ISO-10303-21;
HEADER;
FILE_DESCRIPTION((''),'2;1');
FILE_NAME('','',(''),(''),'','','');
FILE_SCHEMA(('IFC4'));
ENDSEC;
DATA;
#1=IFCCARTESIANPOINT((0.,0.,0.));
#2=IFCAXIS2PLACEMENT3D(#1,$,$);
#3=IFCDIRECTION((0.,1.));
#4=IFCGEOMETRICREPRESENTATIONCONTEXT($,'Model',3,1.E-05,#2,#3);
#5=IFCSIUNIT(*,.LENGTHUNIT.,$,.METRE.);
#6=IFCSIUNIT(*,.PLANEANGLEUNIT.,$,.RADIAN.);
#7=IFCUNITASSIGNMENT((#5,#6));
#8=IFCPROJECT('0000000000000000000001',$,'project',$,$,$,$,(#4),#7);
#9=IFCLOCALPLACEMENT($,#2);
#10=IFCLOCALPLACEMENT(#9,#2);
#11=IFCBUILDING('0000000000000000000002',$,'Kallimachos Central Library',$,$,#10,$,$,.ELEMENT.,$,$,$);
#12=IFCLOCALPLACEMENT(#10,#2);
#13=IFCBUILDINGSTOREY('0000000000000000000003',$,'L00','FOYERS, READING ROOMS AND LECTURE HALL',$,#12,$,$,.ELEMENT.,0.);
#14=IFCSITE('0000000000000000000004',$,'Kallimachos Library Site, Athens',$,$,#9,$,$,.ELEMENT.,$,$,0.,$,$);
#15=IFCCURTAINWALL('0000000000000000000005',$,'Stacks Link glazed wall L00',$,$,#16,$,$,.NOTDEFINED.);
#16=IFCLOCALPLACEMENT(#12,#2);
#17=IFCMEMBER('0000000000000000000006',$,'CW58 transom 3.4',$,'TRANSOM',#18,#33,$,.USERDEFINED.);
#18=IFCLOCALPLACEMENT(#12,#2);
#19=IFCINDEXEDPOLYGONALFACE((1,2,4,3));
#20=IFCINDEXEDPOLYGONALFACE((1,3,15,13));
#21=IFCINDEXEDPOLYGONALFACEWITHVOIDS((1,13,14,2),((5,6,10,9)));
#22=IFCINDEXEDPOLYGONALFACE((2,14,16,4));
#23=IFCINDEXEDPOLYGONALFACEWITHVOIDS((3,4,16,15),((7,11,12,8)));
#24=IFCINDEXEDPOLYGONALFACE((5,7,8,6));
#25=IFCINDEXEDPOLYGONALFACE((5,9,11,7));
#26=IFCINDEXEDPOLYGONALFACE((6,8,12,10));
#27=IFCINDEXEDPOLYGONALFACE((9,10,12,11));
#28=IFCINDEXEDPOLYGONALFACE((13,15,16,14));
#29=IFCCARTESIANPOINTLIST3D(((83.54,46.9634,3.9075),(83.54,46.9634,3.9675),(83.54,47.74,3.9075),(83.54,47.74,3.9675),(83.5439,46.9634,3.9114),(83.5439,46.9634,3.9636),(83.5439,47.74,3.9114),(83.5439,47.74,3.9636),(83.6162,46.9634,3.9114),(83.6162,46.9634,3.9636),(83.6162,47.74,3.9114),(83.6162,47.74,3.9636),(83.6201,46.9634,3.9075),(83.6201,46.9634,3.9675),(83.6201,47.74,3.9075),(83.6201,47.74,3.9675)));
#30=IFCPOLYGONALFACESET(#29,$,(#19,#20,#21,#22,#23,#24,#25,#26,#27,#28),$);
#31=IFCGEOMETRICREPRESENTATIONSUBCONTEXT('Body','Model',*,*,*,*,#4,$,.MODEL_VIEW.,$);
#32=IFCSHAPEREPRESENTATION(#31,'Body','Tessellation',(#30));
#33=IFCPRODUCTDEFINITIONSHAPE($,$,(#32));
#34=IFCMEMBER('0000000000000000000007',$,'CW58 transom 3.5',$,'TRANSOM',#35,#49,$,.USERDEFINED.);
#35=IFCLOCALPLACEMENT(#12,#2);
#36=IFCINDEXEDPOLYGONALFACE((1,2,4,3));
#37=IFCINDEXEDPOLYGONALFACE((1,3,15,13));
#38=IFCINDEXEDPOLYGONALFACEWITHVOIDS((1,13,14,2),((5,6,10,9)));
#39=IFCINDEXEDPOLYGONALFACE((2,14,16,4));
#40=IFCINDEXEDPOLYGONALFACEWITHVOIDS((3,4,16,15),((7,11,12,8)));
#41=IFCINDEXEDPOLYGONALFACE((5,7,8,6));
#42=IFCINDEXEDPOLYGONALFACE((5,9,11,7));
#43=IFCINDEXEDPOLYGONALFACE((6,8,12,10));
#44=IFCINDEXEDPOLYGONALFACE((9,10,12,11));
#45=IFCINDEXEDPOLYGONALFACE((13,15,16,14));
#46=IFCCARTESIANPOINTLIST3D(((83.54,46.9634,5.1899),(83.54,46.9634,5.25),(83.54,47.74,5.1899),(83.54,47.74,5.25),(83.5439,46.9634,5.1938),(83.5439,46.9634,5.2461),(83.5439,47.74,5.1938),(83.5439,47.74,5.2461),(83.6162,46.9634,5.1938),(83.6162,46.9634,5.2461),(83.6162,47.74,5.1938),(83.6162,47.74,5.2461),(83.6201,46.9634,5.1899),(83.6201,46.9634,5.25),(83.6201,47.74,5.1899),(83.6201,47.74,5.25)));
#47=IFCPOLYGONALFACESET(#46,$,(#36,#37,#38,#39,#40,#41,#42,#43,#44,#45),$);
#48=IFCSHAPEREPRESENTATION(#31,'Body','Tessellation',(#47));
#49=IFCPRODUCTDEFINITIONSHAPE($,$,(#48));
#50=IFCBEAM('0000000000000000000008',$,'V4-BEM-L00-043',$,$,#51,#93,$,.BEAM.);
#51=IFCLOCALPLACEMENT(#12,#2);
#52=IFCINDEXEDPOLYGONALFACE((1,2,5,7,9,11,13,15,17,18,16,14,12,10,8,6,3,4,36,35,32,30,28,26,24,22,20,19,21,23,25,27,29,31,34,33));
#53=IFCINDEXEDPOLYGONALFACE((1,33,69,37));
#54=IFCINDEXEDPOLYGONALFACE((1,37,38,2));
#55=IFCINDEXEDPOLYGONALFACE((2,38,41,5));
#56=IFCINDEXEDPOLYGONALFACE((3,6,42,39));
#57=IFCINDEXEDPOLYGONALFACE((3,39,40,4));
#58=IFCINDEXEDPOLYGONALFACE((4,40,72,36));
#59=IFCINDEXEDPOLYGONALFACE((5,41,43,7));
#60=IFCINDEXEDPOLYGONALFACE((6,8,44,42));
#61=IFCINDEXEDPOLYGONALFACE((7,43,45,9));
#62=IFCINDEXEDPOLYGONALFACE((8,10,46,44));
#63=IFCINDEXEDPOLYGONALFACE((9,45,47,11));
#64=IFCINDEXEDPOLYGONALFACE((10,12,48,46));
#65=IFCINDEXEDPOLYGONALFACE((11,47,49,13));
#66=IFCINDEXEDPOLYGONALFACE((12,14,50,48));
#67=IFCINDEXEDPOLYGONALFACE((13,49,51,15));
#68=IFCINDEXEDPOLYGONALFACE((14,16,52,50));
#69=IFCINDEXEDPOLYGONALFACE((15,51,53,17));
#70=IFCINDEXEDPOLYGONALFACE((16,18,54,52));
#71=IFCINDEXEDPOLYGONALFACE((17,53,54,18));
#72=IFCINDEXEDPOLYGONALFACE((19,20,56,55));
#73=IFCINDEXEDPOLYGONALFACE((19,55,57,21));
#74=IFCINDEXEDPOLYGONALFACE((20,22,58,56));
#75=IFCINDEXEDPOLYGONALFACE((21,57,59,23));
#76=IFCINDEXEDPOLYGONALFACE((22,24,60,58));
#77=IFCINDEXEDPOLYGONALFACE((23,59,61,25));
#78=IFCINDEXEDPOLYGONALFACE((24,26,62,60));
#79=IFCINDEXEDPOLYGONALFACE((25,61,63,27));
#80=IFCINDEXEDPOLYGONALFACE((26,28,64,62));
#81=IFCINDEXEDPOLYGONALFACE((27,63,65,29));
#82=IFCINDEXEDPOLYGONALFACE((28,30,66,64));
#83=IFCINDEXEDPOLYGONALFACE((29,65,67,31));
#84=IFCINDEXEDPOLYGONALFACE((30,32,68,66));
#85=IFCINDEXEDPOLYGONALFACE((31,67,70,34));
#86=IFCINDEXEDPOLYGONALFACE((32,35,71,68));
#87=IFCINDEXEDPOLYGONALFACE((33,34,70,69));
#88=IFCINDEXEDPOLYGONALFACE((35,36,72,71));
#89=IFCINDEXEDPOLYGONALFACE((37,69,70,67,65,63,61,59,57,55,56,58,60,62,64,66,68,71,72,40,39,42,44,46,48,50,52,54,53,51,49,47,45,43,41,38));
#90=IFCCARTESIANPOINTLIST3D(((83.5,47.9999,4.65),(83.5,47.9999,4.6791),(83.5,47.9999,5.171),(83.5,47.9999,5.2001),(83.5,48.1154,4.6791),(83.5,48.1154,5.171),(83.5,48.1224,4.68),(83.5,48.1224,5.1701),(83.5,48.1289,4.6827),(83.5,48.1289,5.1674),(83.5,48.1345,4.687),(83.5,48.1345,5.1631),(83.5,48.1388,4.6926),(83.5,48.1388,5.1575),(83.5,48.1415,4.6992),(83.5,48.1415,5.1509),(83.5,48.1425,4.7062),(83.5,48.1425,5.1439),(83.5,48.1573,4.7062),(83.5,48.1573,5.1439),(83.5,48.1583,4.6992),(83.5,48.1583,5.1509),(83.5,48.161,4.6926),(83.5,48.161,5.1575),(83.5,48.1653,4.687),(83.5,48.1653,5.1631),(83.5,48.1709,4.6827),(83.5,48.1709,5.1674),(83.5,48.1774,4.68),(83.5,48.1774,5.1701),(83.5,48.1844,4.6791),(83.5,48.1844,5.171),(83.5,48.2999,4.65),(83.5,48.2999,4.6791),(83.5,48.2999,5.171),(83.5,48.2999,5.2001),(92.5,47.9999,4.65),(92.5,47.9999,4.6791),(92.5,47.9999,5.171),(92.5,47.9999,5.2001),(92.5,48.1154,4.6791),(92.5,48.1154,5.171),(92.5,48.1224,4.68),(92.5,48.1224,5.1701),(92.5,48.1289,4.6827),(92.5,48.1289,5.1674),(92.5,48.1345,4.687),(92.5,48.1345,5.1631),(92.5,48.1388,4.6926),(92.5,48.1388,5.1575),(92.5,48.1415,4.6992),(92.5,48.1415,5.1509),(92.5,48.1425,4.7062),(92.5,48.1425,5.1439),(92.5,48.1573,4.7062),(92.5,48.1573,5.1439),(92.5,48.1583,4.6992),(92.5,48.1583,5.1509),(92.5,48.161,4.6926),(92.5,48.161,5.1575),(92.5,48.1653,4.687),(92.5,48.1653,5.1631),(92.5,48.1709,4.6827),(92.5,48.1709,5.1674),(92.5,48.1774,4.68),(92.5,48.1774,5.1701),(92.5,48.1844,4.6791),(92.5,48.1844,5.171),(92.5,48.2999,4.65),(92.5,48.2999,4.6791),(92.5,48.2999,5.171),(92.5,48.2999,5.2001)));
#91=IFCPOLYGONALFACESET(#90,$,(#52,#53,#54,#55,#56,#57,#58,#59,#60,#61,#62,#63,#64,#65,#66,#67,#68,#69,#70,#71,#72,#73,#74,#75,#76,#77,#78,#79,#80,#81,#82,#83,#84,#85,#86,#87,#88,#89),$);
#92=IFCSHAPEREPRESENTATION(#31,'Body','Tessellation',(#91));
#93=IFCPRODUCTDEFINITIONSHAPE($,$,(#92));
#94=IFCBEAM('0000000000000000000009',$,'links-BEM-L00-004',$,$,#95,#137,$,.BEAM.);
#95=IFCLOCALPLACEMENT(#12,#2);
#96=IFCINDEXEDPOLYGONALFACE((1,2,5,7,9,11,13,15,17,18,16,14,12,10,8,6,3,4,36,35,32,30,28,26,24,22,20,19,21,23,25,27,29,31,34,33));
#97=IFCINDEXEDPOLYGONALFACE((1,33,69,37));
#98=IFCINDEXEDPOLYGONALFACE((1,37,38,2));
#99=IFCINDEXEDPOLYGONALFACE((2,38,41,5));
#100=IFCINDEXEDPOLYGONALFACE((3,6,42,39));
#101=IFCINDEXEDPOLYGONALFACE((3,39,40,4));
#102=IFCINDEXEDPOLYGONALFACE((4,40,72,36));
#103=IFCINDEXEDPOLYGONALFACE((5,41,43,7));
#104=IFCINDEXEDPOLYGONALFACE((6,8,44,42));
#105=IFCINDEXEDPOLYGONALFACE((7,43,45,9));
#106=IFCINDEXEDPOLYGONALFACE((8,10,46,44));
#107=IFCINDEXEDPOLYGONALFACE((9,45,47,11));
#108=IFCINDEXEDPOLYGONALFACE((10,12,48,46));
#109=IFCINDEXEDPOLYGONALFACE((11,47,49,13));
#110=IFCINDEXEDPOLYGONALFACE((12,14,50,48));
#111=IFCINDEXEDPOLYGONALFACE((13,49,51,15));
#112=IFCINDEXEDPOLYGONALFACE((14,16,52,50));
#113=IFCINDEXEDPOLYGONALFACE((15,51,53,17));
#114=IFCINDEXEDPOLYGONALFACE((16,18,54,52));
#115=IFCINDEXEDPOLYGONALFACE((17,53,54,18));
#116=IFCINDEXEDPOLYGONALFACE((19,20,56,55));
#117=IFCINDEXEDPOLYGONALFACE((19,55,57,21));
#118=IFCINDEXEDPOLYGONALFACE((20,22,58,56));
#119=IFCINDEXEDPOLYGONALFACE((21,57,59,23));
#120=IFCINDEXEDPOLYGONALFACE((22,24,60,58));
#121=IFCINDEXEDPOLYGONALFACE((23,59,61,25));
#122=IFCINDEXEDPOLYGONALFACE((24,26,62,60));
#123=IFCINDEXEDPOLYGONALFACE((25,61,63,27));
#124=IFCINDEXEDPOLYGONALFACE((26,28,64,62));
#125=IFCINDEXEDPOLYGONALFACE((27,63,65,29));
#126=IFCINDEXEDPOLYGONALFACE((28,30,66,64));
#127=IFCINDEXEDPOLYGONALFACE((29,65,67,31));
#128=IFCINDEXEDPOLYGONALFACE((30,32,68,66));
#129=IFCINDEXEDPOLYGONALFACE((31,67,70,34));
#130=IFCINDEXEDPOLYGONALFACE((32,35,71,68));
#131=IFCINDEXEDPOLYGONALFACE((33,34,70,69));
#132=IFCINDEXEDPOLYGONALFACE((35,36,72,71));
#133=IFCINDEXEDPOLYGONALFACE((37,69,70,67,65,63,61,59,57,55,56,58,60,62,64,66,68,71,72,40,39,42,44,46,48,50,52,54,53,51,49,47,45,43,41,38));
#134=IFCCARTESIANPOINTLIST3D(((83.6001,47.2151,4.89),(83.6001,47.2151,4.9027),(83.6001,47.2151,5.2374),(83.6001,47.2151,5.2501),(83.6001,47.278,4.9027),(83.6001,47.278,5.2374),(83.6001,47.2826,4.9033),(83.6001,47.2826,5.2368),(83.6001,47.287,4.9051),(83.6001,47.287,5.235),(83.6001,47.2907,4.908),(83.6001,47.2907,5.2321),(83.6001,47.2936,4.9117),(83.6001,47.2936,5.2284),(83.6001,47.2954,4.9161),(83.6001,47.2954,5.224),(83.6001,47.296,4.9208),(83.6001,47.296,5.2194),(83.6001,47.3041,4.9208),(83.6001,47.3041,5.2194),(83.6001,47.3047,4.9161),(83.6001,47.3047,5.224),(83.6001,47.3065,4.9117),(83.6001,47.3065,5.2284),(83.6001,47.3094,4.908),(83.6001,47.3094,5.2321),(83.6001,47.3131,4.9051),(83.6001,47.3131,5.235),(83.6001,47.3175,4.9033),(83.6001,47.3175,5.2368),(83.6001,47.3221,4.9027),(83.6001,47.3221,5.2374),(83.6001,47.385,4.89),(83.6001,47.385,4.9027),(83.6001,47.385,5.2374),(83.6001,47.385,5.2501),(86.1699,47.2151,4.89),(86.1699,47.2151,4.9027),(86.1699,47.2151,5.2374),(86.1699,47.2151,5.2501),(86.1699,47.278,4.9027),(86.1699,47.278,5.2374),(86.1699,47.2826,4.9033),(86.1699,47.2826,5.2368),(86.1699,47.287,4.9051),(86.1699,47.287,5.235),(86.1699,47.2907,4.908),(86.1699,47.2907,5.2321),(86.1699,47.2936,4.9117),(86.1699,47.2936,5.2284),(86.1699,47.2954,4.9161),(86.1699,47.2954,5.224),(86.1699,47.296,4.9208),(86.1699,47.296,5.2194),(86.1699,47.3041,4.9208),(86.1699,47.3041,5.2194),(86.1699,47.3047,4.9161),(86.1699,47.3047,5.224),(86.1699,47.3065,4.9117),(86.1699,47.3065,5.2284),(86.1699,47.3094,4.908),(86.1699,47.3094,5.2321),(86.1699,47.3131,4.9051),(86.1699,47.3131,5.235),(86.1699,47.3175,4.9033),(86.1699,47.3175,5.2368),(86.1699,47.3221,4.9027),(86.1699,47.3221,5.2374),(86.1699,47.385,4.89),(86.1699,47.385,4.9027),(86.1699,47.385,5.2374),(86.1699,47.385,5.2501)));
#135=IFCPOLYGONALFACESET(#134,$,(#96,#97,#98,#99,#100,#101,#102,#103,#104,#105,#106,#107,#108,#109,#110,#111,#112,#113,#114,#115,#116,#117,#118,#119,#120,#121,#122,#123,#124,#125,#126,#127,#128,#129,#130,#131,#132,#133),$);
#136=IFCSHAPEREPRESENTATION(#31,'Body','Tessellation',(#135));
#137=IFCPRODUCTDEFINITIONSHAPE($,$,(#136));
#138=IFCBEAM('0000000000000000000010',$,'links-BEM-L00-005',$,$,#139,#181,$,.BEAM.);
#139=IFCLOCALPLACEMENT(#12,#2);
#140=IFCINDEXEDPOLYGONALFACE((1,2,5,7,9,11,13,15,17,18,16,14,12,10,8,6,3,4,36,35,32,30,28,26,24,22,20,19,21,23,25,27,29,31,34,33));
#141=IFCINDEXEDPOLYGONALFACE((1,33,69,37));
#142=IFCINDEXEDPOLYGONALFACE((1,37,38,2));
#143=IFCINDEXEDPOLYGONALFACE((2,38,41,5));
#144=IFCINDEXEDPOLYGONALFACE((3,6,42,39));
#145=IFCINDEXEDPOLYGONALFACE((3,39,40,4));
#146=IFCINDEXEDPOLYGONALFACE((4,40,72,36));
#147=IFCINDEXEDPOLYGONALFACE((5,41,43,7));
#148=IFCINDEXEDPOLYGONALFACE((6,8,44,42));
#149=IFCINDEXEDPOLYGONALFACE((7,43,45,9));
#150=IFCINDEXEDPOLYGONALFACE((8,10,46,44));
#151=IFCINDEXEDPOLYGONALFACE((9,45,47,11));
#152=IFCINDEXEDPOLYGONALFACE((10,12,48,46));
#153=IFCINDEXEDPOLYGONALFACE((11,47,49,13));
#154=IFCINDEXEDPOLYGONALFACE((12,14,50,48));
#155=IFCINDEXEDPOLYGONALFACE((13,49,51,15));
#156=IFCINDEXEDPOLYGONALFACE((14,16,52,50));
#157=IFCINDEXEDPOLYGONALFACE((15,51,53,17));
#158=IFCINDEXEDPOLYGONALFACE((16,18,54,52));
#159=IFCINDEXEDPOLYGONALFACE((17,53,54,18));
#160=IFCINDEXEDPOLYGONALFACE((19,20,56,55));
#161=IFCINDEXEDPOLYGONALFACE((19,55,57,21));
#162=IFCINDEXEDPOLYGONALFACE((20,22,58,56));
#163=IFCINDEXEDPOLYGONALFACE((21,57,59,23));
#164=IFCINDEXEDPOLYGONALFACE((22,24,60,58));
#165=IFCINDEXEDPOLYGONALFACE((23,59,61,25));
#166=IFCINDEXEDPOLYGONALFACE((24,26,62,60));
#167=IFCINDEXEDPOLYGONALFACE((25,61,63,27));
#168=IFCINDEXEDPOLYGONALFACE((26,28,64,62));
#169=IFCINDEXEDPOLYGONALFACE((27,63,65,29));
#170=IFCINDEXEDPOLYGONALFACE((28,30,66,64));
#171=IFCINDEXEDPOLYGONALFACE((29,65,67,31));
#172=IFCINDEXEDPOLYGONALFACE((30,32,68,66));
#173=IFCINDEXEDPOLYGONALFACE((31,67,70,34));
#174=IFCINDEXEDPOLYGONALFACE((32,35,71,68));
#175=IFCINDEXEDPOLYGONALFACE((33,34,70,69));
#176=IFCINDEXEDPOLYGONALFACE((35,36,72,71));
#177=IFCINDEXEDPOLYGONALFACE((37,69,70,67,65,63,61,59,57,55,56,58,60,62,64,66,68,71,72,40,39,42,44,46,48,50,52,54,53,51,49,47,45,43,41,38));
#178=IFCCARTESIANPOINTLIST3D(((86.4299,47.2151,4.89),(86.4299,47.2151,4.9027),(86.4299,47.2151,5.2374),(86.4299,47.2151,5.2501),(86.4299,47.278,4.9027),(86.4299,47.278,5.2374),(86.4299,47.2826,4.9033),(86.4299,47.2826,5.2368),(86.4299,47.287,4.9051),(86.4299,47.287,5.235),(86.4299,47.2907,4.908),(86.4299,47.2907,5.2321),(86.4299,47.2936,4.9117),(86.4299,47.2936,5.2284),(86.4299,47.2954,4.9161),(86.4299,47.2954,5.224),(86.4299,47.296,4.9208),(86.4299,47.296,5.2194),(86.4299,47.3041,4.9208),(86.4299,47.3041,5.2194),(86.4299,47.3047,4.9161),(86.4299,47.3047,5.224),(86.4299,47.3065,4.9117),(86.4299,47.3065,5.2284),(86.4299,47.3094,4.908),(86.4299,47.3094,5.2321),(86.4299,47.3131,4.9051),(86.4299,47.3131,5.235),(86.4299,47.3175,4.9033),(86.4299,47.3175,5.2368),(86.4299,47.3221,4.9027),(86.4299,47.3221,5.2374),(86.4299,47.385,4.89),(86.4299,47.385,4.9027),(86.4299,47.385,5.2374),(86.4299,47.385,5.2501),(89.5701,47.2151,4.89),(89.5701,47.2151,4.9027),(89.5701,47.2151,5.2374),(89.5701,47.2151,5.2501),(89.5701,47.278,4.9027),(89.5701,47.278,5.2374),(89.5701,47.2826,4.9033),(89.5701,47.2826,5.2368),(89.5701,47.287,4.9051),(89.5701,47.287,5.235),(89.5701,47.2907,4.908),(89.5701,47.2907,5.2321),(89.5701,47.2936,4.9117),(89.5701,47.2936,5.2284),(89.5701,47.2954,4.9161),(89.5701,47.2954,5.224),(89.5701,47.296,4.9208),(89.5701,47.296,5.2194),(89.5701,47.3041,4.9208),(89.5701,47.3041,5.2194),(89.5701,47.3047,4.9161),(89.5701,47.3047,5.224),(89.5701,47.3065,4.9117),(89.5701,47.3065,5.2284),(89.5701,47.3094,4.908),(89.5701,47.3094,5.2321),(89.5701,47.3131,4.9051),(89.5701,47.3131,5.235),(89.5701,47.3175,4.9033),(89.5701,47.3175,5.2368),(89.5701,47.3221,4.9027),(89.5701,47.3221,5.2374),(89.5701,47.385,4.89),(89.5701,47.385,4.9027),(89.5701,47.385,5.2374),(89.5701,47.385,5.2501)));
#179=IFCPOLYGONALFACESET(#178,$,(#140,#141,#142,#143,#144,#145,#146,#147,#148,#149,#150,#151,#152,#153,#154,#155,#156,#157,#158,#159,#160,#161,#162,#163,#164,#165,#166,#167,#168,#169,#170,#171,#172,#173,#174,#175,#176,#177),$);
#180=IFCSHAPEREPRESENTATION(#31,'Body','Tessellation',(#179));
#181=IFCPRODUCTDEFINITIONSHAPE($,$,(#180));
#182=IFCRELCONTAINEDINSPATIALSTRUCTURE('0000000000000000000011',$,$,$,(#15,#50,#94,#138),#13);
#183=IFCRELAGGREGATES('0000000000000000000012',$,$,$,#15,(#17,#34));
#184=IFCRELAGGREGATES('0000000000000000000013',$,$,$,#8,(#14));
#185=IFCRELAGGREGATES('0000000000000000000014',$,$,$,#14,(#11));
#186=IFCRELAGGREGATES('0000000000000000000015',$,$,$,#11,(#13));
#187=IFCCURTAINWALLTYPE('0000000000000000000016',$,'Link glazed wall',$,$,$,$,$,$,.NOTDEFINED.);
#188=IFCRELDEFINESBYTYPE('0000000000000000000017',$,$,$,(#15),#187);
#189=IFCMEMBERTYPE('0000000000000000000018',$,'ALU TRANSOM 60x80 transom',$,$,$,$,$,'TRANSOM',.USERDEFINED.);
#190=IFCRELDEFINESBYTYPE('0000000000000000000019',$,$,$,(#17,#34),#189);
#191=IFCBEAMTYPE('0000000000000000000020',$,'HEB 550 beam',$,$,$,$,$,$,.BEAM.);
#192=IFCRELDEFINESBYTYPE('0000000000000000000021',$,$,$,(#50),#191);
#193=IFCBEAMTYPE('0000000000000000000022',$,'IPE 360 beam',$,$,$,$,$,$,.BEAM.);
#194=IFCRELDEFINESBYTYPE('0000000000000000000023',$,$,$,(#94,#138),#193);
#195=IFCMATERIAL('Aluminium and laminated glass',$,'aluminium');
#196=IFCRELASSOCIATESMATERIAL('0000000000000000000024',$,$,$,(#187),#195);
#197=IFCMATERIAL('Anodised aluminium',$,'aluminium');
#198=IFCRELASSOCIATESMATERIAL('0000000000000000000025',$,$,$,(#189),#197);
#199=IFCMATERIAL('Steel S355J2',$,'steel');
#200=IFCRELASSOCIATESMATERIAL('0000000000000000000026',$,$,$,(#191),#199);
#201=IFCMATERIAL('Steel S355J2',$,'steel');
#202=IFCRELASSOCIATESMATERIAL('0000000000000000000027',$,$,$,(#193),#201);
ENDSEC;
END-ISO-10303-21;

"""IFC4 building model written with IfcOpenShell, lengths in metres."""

from ifc_helpers import new_model, si_unit, direction, frame, origin, origin_2d, place, context, subcontext, project, spatial, hollow_rectangle, i_section, extrude, material, material_profile, profile_set, type_object, element, aggregate, save


model = new_model("IFC4")

# Units and contexts
model_context = context("Model", 3, precision=1e-05, world=origin(), true_north=direction((0.0, 1.0)))
body_context = subcontext(model_context, "Body", "Model", "MODEL_VIEW")
ifc_project = project(units=[si_unit("LENGTHUNIT", "METRE"), si_unit("PLANEANGLEUNIT", "RADIAN")], contexts=[model_context])

# Site, building, storey
site_placement = place(None, origin())
site = spatial("IfcSite", under=ifc_project, at=site_placement, Name="Kallimachos Library Site, Athens", CompositionType="ELEMENT", RefElevation=0.0)
building_placement = place(site_placement, origin())
building = spatial("IfcBuilding", under=site, at=building_placement, Name="Kallimachos Central Library", CompositionType="ELEMENT")
storey_placement = place(building_placement, origin())
storey = spatial("IfcBuildingStorey", under=building, at=storey_placement, Name="L00", Description="FOYERS, READING ROOMS AND LECTURE HALL", CompositionType="ELEMENT", Elevation=0.0)

# Curtain wall, members
ifc_material_1 = material(Name="Aluminium and laminated glass", Category="aluminium")
curtain_wall_type = type_object("IfcCurtainWallType", Name="Link glazed wall", PredefinedType="NOTDEFINED", material=ifc_material_1)
curtain_wall_placement = place(storey_placement, origin())
curtain_wall = element("IfcCurtainWall", 1, at=curtain_wall_placement, inside=storey, type_object=curtain_wall_type, Name="Stacks Link glazed wall L00", PredefinedType="NOTDEFINED")
ifc_material_2 = material(Name="Anodised aluminium", Category="aluminium")
ifc_material_profile_1 = material_profile(ifc_material_2, hollow_rectangle(XDim=0.0601, YDim=0.0801, WallThickness=0.0039, at=origin_2d()), Name="ALU TRANSOM 60x80")
ifc_profile_set_1 = profile_set([ifc_material_profile_1], Name="Anodised aluminium")
member_type_1 = type_object("IfcMemberType", Name="ALU TRANSOM 60x80 transom", ElementType="TRANSOM", PredefinedType="USERDEFINED", material=ifc_profile_set_1)
member_1_placement = place(storey_placement, frame((83.5801, 46.9634, 3.9375), z_axis=(0.0, 1.0, 0.0), x_axis=(0.0, 0.0, 1.0)))
member_1 = element("IfcMember", 2, at=member_1_placement, type_object=member_type_1, Name="CW58 transom 3.4", ObjectType="TRANSOM", PredefinedType="USERDEFINED", context=body_context, shape_type="SweptSolid", body=[
    extrude(hollow_rectangle(XDim=0.0601, YDim=0.0801, WallThickness=0.0039, at=origin_2d()), origin(), (0.0, 0.0, 1.0), 0.7766),
])
member_2_placement = place(storey_placement, frame((83.5801, 46.9634, 5.22), z_axis=(0.0, 1.0, 0.0), x_axis=(0.0, 0.0, 1.0)))
member_2 = element("IfcMember", 3, at=member_2_placement, type_object=member_type_1, Name="CW58 transom 3.5", ObjectType="TRANSOM", PredefinedType="USERDEFINED", context=body_context, shape_type="SweptSolid", body=[
    extrude(hollow_rectangle(XDim=0.0601, YDim=0.0801, WallThickness=0.0039, at=origin_2d()), origin(), (0.0, 0.0, 1.0), 0.7766),
])

# Beams
ifc_material_3 = material(Name="Steel S355J2", Category="steel")
ifc_material_profile_2 = material_profile(ifc_material_3, i_section(OverallWidth=0.3, OverallDepth=0.55, WebThickness=0.0149, FlangeThickness=0.0291, FilletRadius=0.0271, at=origin_2d()), Name="HEB 550")
ifc_profile_set_2 = profile_set([ifc_material_profile_2], Name="Steel S355J2")
beam_type_1 = type_object("IfcBeamType", Name="HEB 550 beam", PredefinedType="BEAM", material=ifc_profile_set_2)
beam_1_placement = place(storey_placement, frame((83.5, 48.1499, 4.925), z_axis=(1.0, 0.0, 0.0), x_axis=(0.0, 1.0, 0.0)))
element("IfcBeam", 4, at=beam_1_placement, inside=storey, type_object=beam_type_1, Name="V4-BEM-L00-043", PredefinedType="BEAM", context=body_context, shape_type="SweptSolid", body=[
    extrude(i_section(OverallWidth=0.3, OverallDepth=0.55, WebThickness=0.0149, FlangeThickness=0.0291, FilletRadius=0.0271, at=origin_2d()), origin(), (0.0, 0.0, 1.0), 9.0),
])
ifc_material_4 = material(Name="Steel S355J2", Category="steel")
ifc_material_profile_3 = material_profile(ifc_material_4, i_section(OverallWidth=0.1699, OverallDepth=0.3601, WebThickness=0.0081, FlangeThickness=0.0127, FilletRadius=0.0181, at=origin_2d()), Name="IPE 360")
ifc_profile_set_3 = profile_set([ifc_material_profile_3], Name="Steel S355J2")
beam_type_2 = type_object("IfcBeamType", Name="IPE 360 beam", PredefinedType="BEAM", material=ifc_profile_set_3)
beam_2_placement = place(storey_placement, frame((83.6001, 47.3, 5.0701), z_axis=(1.0, 0.0, 0.0), x_axis=(0.0, 1.0, 0.0)))
element("IfcBeam", 5, at=beam_2_placement, inside=storey, type_object=beam_type_2, Name="links-BEM-L00-004", PredefinedType="BEAM", context=body_context, shape_type="SweptSolid", body=[
    extrude(i_section(OverallWidth=0.1699, OverallDepth=0.3601, WebThickness=0.0081, FlangeThickness=0.0127, FilletRadius=0.0181, at=origin_2d()), origin(), (0.0, 0.0, 1.0), 2.5698),
])
beam_3_placement = place(storey_placement, frame((86.4299, 47.3, 5.0701), z_axis=(1.0, 0.0, 0.0), x_axis=(0.0, 1.0, 0.0)))
element("IfcBeam", 6, at=beam_3_placement, inside=storey, type_object=beam_type_2, Name="links-BEM-L00-005", PredefinedType="BEAM", context=body_context, shape_type="SweptSolid", body=[
    extrude(i_section(OverallWidth=0.1699, OverallDepth=0.3601, WebThickness=0.0081, FlangeThickness=0.0127, FilletRadius=0.0181, at=origin_2d()), origin(), (0.0, 0.0, 1.0), 3.1401),
])

aggregate(curtain_wall, [member_1, member_2])

save(model, "model.ifc")
